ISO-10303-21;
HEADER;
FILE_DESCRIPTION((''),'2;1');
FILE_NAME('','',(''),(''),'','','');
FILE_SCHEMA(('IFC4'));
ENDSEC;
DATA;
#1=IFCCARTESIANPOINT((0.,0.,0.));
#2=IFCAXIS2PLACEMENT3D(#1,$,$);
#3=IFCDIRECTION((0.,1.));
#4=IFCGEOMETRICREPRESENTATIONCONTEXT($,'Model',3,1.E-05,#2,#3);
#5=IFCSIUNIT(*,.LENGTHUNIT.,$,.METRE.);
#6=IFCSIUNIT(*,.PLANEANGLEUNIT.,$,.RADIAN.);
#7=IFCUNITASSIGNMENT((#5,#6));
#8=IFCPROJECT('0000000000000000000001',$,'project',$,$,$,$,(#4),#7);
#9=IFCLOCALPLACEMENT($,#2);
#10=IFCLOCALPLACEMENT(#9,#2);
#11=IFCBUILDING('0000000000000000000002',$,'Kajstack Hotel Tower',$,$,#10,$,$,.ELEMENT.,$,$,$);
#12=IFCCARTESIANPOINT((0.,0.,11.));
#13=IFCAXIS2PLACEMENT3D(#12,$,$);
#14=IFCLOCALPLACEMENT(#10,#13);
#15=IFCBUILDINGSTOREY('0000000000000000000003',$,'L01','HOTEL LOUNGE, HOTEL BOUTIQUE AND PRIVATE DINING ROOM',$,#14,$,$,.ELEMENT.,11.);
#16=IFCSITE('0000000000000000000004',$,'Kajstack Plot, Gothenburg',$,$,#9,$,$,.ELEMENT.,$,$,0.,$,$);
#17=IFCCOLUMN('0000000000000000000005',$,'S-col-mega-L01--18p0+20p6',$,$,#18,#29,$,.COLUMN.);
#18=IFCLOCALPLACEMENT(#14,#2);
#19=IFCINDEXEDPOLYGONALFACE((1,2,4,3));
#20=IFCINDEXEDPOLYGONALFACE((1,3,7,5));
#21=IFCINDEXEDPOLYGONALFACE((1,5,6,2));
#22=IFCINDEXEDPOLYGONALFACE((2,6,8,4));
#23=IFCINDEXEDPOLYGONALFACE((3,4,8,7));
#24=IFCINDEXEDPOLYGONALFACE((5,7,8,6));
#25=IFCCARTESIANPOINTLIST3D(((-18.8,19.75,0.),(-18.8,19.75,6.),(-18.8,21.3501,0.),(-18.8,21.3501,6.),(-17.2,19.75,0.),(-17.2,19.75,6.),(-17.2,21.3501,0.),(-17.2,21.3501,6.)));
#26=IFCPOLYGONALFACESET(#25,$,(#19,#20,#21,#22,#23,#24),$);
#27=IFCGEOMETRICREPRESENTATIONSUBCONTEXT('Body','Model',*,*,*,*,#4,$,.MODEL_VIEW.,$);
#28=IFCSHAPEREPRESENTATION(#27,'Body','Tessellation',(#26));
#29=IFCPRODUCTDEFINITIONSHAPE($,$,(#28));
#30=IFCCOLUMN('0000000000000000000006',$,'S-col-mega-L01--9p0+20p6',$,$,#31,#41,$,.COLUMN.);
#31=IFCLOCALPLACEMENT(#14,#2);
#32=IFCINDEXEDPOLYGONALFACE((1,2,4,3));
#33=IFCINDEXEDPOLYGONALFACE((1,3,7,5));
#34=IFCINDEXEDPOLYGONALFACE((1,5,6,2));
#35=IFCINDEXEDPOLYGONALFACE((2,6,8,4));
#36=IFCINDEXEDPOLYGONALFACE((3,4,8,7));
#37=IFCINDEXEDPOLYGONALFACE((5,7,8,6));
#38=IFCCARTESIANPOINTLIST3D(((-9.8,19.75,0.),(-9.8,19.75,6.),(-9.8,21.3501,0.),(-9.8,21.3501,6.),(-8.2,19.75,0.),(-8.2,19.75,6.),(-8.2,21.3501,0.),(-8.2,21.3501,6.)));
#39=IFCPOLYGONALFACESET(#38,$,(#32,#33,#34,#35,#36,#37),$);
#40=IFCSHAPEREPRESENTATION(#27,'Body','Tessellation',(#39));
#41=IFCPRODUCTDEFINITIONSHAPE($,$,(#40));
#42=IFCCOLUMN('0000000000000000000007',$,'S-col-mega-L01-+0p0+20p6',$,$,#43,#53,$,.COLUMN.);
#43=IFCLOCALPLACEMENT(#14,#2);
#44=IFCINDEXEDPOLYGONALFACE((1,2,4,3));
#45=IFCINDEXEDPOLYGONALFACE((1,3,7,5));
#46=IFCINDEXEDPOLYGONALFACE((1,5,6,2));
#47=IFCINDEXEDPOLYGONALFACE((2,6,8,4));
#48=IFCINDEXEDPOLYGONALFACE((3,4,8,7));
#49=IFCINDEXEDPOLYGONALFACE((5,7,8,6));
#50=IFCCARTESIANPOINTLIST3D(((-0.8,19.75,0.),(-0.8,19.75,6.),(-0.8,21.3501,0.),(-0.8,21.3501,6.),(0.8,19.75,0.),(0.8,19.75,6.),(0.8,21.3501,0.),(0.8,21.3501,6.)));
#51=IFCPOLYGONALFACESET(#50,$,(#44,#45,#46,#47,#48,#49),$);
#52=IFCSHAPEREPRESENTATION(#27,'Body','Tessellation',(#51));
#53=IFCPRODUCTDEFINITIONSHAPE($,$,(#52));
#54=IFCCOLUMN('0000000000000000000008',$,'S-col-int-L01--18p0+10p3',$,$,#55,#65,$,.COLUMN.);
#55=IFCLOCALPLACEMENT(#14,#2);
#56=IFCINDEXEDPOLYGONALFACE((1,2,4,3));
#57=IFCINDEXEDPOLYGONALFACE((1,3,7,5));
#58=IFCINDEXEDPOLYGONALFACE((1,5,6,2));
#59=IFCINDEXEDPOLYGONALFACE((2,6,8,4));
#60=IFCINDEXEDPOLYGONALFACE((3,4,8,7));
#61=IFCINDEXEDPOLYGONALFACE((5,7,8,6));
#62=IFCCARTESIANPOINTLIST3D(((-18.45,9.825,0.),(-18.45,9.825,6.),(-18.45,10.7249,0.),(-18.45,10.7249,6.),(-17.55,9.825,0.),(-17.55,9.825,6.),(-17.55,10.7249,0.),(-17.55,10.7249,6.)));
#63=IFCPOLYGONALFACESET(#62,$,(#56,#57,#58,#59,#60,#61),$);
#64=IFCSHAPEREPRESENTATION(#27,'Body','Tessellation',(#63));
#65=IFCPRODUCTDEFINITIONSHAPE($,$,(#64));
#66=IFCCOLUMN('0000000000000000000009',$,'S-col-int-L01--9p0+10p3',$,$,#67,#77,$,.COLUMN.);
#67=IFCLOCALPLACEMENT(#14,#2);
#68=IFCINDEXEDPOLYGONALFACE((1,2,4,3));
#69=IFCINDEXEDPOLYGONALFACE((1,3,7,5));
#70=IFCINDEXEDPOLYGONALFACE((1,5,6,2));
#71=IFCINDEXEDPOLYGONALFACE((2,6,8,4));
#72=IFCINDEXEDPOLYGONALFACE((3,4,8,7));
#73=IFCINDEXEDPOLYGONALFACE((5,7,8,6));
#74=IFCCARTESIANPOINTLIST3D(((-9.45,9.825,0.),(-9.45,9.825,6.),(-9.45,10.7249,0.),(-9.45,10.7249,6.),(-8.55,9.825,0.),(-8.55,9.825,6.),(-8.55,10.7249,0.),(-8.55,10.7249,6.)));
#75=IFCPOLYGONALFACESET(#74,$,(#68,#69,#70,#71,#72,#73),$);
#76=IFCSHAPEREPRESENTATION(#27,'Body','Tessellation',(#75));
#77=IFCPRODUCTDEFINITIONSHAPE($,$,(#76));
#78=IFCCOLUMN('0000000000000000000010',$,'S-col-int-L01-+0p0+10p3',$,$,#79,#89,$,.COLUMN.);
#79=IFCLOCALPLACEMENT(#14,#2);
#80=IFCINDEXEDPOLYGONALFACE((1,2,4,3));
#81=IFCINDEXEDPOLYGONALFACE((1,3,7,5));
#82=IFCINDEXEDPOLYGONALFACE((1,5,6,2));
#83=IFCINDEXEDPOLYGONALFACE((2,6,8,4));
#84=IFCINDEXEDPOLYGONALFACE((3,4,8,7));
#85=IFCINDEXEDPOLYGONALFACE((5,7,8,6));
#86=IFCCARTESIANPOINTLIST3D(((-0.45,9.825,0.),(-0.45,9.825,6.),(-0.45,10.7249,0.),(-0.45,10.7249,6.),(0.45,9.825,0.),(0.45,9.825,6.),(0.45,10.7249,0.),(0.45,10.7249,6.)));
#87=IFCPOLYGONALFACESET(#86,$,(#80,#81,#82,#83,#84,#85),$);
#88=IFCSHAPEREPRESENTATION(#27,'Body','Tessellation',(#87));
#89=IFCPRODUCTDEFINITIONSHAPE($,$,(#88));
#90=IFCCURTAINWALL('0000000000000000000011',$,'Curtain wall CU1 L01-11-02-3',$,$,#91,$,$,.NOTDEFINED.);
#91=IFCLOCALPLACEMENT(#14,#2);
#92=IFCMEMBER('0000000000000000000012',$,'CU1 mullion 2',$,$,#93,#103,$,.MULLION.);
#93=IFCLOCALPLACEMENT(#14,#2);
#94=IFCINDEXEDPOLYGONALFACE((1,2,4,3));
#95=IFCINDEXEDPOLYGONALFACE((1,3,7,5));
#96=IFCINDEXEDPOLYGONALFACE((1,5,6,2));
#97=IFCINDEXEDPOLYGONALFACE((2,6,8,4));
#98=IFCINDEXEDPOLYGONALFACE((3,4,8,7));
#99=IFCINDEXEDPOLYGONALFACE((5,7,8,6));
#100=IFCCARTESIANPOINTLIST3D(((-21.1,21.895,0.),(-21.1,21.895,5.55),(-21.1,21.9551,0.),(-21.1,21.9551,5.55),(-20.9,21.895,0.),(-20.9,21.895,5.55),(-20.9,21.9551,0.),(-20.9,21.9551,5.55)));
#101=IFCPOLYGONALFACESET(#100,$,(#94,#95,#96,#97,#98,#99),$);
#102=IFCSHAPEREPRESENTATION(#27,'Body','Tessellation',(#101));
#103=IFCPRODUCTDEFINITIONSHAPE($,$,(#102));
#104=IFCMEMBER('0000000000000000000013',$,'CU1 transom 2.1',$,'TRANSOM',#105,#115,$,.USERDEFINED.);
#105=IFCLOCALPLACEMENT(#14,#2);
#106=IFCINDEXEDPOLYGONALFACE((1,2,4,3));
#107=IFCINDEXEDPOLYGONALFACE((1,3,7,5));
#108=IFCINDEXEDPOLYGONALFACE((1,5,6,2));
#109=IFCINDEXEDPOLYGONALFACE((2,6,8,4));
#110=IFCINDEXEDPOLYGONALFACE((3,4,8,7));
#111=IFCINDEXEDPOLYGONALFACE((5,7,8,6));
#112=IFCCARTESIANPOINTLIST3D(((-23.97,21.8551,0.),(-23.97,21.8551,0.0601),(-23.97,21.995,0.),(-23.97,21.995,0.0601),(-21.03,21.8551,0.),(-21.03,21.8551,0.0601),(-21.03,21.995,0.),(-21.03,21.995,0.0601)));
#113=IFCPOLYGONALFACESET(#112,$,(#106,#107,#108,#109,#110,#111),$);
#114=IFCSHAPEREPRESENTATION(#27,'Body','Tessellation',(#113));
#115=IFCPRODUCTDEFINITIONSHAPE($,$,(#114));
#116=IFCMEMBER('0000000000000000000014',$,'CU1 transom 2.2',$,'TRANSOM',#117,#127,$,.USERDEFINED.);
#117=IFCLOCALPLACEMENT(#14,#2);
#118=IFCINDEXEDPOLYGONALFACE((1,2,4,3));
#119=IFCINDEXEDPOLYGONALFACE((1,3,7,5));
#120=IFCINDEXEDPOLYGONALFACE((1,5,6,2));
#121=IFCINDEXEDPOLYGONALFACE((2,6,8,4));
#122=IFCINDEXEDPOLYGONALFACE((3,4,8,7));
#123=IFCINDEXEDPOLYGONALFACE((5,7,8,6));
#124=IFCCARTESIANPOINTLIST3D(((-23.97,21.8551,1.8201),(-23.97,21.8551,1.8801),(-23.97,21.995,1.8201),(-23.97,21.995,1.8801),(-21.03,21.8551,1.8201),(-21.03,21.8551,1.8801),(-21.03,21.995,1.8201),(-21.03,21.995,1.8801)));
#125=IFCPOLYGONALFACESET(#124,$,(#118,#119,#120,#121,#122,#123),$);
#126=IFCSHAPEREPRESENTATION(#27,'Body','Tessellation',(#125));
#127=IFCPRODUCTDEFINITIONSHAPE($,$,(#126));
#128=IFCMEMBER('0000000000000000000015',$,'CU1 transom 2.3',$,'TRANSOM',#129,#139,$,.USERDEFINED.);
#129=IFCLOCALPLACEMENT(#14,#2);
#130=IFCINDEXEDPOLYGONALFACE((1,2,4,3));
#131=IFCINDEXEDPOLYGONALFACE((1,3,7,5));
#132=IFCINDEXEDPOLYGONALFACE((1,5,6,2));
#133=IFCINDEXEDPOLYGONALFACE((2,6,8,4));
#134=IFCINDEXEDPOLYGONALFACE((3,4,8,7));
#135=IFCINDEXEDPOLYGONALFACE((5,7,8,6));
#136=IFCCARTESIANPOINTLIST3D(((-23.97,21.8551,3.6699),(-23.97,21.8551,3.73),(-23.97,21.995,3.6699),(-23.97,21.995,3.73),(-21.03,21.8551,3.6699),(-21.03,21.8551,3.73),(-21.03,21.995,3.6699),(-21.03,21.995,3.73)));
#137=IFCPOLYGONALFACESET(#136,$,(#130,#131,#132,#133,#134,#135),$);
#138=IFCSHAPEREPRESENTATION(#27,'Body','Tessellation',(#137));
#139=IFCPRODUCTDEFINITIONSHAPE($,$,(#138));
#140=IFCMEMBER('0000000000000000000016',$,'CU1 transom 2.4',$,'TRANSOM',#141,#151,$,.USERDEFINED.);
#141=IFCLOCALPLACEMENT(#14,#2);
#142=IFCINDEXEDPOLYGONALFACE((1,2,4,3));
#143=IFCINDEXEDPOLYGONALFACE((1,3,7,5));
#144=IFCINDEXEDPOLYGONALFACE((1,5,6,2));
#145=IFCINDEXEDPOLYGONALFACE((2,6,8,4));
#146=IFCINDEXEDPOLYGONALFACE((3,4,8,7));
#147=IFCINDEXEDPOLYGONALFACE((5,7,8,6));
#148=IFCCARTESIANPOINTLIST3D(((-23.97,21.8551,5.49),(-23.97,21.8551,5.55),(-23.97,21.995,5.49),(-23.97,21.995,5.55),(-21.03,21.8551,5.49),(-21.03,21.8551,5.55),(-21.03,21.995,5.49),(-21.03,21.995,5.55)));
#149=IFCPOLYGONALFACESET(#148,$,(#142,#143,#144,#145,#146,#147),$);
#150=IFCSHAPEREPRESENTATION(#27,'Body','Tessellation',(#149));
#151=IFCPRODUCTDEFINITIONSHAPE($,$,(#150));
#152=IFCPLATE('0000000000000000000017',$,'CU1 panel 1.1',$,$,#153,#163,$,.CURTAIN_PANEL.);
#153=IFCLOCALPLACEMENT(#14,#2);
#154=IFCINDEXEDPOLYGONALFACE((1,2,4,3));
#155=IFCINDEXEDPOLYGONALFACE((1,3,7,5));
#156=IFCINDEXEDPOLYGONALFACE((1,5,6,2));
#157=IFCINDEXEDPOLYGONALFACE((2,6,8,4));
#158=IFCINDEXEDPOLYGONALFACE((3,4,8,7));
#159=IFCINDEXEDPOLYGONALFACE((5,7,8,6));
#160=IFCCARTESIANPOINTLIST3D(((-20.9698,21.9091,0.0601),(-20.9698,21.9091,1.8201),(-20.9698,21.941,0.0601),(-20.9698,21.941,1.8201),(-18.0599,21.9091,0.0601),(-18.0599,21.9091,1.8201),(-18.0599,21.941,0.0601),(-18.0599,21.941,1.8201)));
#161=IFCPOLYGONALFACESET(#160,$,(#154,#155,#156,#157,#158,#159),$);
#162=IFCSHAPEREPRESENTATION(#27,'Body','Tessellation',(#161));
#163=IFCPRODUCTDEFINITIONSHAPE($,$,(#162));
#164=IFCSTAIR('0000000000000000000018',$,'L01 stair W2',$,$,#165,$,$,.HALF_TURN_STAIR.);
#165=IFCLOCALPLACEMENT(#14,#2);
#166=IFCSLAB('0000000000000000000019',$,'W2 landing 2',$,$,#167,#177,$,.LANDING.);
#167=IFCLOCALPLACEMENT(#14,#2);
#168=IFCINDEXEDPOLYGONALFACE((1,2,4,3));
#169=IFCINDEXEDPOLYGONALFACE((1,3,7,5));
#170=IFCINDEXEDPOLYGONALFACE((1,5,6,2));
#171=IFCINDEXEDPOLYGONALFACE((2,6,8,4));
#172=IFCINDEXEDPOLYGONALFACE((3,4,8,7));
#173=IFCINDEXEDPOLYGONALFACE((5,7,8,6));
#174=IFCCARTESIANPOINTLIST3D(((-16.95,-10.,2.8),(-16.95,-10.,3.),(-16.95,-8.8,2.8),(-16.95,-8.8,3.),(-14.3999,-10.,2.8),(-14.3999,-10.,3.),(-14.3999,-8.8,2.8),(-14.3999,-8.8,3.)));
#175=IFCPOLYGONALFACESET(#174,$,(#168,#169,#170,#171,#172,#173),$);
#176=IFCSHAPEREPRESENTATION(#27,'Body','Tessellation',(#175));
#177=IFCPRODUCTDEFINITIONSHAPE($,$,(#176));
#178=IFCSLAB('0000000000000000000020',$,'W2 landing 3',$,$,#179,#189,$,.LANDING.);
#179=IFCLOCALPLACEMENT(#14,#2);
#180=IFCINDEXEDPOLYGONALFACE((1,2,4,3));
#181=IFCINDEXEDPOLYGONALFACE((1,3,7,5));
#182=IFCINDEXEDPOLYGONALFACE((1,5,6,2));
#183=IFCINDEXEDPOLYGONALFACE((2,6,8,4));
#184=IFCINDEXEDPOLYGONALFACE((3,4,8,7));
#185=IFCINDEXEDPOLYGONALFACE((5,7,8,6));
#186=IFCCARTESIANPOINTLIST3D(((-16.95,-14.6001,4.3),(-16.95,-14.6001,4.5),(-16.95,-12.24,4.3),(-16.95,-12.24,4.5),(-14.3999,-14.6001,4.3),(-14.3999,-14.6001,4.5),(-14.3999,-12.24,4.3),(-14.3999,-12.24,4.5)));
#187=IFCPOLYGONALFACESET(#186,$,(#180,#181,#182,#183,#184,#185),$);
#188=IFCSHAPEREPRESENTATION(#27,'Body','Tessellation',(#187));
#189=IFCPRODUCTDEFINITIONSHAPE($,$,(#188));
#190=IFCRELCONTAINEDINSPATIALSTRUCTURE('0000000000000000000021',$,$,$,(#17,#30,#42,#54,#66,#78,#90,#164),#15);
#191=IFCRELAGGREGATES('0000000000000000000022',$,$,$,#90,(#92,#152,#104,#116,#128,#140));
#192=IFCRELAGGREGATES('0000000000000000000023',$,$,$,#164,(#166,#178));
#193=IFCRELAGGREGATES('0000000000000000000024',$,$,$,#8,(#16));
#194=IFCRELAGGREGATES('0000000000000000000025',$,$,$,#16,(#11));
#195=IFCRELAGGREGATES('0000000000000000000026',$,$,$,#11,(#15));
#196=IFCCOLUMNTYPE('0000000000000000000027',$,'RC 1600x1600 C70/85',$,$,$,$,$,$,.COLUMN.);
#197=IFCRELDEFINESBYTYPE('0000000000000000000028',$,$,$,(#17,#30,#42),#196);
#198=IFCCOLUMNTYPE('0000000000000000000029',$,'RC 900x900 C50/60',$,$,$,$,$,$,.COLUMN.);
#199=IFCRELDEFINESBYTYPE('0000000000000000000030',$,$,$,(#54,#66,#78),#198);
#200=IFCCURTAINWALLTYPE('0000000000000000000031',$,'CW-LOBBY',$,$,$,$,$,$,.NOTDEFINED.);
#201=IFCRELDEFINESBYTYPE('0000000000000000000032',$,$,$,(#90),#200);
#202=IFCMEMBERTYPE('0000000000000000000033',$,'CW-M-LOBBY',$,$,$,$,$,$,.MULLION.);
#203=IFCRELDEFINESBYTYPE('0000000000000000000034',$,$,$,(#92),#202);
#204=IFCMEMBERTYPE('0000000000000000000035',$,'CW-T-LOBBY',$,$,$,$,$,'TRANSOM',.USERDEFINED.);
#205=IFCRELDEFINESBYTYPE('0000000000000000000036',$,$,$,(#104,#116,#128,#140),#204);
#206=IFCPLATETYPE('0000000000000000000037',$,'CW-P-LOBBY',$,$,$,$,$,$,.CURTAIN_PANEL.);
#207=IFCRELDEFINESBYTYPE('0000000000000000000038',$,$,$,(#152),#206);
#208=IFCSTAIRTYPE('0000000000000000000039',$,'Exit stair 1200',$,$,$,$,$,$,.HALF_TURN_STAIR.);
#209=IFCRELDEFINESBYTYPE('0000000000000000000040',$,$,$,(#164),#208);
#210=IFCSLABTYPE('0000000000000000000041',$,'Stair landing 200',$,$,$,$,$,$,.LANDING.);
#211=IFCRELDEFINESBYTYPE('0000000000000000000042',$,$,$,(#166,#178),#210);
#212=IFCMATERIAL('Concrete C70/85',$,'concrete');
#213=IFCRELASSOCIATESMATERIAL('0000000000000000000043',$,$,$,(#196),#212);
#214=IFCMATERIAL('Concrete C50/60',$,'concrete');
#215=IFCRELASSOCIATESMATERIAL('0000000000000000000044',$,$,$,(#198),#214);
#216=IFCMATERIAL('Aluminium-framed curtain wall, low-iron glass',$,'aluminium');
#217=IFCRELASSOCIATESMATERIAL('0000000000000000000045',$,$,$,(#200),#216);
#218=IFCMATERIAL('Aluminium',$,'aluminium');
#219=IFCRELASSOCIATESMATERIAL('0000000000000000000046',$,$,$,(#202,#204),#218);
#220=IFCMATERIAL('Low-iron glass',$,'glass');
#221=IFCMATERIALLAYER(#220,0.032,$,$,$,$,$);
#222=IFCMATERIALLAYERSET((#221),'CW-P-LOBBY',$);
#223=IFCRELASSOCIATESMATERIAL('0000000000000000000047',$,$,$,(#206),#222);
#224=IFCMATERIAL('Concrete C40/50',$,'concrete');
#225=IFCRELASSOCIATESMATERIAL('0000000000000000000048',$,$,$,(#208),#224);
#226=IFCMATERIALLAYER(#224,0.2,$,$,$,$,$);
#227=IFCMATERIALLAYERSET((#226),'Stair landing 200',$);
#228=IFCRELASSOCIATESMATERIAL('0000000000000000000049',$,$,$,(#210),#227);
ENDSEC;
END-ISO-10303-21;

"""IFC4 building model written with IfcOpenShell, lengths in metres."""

from ifc_helpers import new_model, si_unit, direction, frame, origin, origin_2d, place, context, subcontext, project, spatial, polyline, rectangle, outline, extrude, material, layer, layer_set, material_profile, profile_set, type_object, element, aggregate, save


model = new_model("IFC4")

# Units and contexts
model_context = context("Model", 3, precision=1e-05, world=origin(), true_north=direction((0.0, 1.0)))
body_context = subcontext(model_context, "Body", "Model", "MODEL_VIEW")
ifc_project = project(units=[si_unit("LENGTHUNIT", "METRE"), si_unit("PLANEANGLEUNIT", "RADIAN")], contexts=[model_context])

# Site, building, storey
site_placement = place(None, origin())
site = spatial("IfcSite", under=ifc_project, at=site_placement, Name="Kajstack Plot, Gothenburg", CompositionType="ELEMENT", RefElevation=0.0)
building_placement = place(site_placement, origin())
building = spatial("IfcBuilding", under=site, at=building_placement, Name="Kajstack Hotel Tower", CompositionType="ELEMENT")
storey_placement = place(building_placement, frame((0.0, 0.0, 11.0)))
storey = spatial("IfcBuildingStorey", under=building, at=storey_placement, Name="L01", Description="HOTEL LOUNGE, HOTEL BOUTIQUE AND PRIVATE DINING ROOM", CompositionType="ELEMENT", Elevation=11.0)

# Columns
ifc_material_1 = material(Name="Concrete C70/85", Category="concrete")
ifc_material_profile_1 = material_profile(ifc_material_1, rectangle(XDim=1.6001, YDim=1.6001, at=origin_2d()), Name="RC 1600x1600")
ifc_profile_set_1 = profile_set([ifc_material_profile_1], Name="Concrete C70/85")
column_type_1 = type_object("IfcColumnType", Name="RC 1600x1600 C70/85", PredefinedType="COLUMN", material=ifc_profile_set_1)
for number, where, z_axis, x_axis, name in (
    (1, (-18.0, 20.55, 0.0), (0.0, 0.0, 1.0), (1.0, 0.0, 0.0), "S-col-mega-L01--18p0+20p6"),
    (2, (-9.0, 20.55, 0.0), (0.0, 0.0, 1.0), (1.0, 0.0, 0.0), "S-col-mega-L01--9p0+20p6"),
    (3, (0.0, 20.55, 0.0), (0.0, 0.0, 1.0), (1.0, 0.0, 0.0), "S-col-mega-L01-+0p0+20p6"),
):
    element("IfcColumn", number, at=place(storey_placement, frame(where, z_axis=z_axis, x_axis=x_axis)), inside=storey, type_object=column_type_1, Name=name, PredefinedType="COLUMN", context=body_context, shape_type="SweptSolid", body=[
        extrude(rectangle(XDim=1.6001, YDim=1.6001, at=origin_2d()), origin(), (0.0, 0.0, 1.0), 6.0),
    ])
ifc_material_2 = material(Name="Concrete C50/60", Category="concrete")
ifc_material_profile_2 = material_profile(ifc_material_2, rectangle(XDim=0.8999, YDim=0.8999, at=origin_2d()), Name="RC 900x900")
ifc_profile_set_2 = profile_set([ifc_material_profile_2], Name="Concrete C50/60")
column_type_2 = type_object("IfcColumnType", Name="RC 900x900 C50/60", PredefinedType="COLUMN", material=ifc_profile_set_2)
for number, where, z_axis, x_axis, name in (
    (4, (-18.0, 10.2749, 0.0), (0.0, 0.0, 1.0), (1.0, 0.0, 0.0), "S-col-int-L01--18p0+10p3"),
    (5, (-9.0, 10.2749, 0.0), (0.0, 0.0, 1.0), (1.0, 0.0, 0.0), "S-col-int-L01--9p0+10p3"),
    (6, (0.0, 10.2749, 0.0), (0.0, 0.0, 1.0), (1.0, 0.0, 0.0), "S-col-int-L01-+0p0+10p3"),
):
    element("IfcColumn", number, at=place(storey_placement, frame(where, z_axis=z_axis, x_axis=x_axis)), inside=storey, type_object=column_type_2, Name=name, PredefinedType="COLUMN", context=body_context, shape_type="SweptSolid", body=[
        extrude(rectangle(XDim=0.8999, YDim=0.8999, at=origin_2d()), origin(), (0.0, 0.0, 1.0), 6.0),
    ])

# Curtain wall, members, plate
ifc_material_3 = material(Name="Aluminium-framed curtain wall, low-iron glass", Category="aluminium")
curtain_wall_type = type_object("IfcCurtainWallType", Name="CW-LOBBY", PredefinedType="NOTDEFINED", material=ifc_material_3)
curtain_wall_placement = place(storey_placement, origin())
curtain_wall = element("IfcCurtainWall", 7, at=curtain_wall_placement, inside=storey, type_object=curtain_wall_type, Name="Curtain wall CU1 L01-11-02-3", PredefinedType="NOTDEFINED")
ifc_material_4 = material(Name="Aluminium", Category="aluminium")
ifc_material_profile_3 = material_profile(ifc_material_4, rectangle(XDim=0.0601, YDim=0.2, at=origin_2d()), Name="Aluminium mullion 60 x 200")
ifc_profile_set_3 = profile_set([ifc_material_profile_3], Name="Aluminium")
member_type_1 = type_object("IfcMemberType", Name="CW-M-LOBBY", PredefinedType="MULLION", material=ifc_profile_set_3)
member_1_placement = place(storey_placement, frame((-21.0, 21.925, 0.0), z_axis=(0.0, 0.0, 1.0), x_axis=(0.0, -1.0, 0.0)))
member_1 = element("IfcMember", 8, at=member_1_placement, type_object=member_type_1, Name="CU1 mullion 2", PredefinedType="MULLION", context=body_context, shape_type="SweptSolid", body=[
    extrude(rectangle(XDim=0.0601, YDim=0.2, at=origin_2d()), origin(), (0.0, 0.0, 1.0), 5.55),
])
ifc_material_profile_4 = material_profile(ifc_material_4, rectangle(XDim=0.1399, YDim=0.0601, at=origin_2d()), Name="Aluminium transom 140 x 60")
ifc_profile_set_4 = profile_set([ifc_material_profile_4], Name="Aluminium")
member_type_2 = type_object("IfcMemberType", Name="CW-T-LOBBY", ElementType="TRANSOM", PredefinedType="USERDEFINED", material=ifc_profile_set_4)
member_2_placement = place(storey_placement, frame((-21.03, 21.925, 0.03), z_axis=(-1.0, 0.0, 0.0), x_axis=(0.0, -1.0, 0.0)))
member_2 = element("IfcMember", 9, at=member_2_placement, type_object=member_type_2, Name="CU1 transom 2.1", ObjectType="TRANSOM", PredefinedType="USERDEFINED", context=body_context, shape_type="SweptSolid", body=[
    extrude(rectangle(XDim=0.1399, YDim=0.0601, at=origin_2d()), origin(), (0.0, 0.0, 1.0), 2.9399),
])
member_3_placement = place(storey_placement, frame((-21.03, 21.925, 1.8501), z_axis=(-1.0, 0.0, 0.0), x_axis=(0.0, -1.0, 0.0)))
member_3 = element("IfcMember", 10, at=member_3_placement, type_object=member_type_2, Name="CU1 transom 2.2", ObjectType="TRANSOM", PredefinedType="USERDEFINED", context=body_context, shape_type="SweptSolid", body=[
    extrude(rectangle(XDim=0.1399, YDim=0.0601, at=origin_2d()), origin(), (0.0, 0.0, 1.0), 2.9399),
])
member_4_placement = place(storey_placement, frame((-21.03, 21.925, 3.7), z_axis=(-1.0, 0.0, 0.0), x_axis=(0.0, -1.0, 0.0)))
member_4 = element("IfcMember", 11, at=member_4_placement, type_object=member_type_2, Name="CU1 transom 2.3", ObjectType="TRANSOM", PredefinedType="USERDEFINED", context=body_context, shape_type="SweptSolid", body=[
    extrude(rectangle(XDim=0.1399, YDim=0.0601, at=origin_2d()), origin(), (0.0, 0.0, 1.0), 2.9399),
])
member_5_placement = place(storey_placement, frame((-21.03, 21.925, 5.52), z_axis=(-1.0, 0.0, 0.0), x_axis=(0.0, -1.0, 0.0)))
member_5 = element("IfcMember", 12, at=member_5_placement, type_object=member_type_2, Name="CU1 transom 2.4", ObjectType="TRANSOM", PredefinedType="USERDEFINED", context=body_context, shape_type="SweptSolid", body=[
    extrude(rectangle(XDim=0.1399, YDim=0.0601, at=origin_2d()), origin(), (0.0, 0.0, 1.0), 2.9399),
])
ifc_material_5 = material(Name="Low-iron glass", Category="glass")
ifc_layer_1 = layer(ifc_material_5, 0.032)
ifc_layer_set_1 = layer_set([ifc_layer_1], Name="CW-P-LOBBY")
plate_type = type_object("IfcPlateType", Name="CW-P-LOBBY", PredefinedType="CURTAIN_PANEL", material=ifc_layer_set_1)
plate_placement = place(storey_placement, frame((-19.5149, 21.925, 0.0601), z_axis=(0.0, 0.0, 1.0), x_axis=(-1.0, 0.0, 0.0)))
plate = element("IfcPlate", 13, at=plate_placement, type_object=plate_type, Name="CU1 panel 1.1", PredefinedType="CURTAIN_PANEL", context=body_context, shape_type="SweptSolid", body=[
    extrude(rectangle(XDim=2.9099, YDim=0.032, at=origin_2d()), origin(), (0.0, 0.0, 1.0), 1.76),
])
aggregate(curtain_wall, [member_1, plate, member_2, member_3, member_4, member_5])

# Stair, slabs
ifc_material_6 = material(Name="Concrete C40/50", Category="concrete")
stair_type = type_object("IfcStairType", Name="Exit stair 1200", PredefinedType="HALF_TURN_STAIR", material=ifc_material_6)
stair_placement = place(storey_placement, origin())
stair = element("IfcStair", 14, at=stair_placement, inside=storey, type_object=stair_type, Name="L01 stair W2", PredefinedType="HALF_TURN_STAIR")
ifc_layer_2 = layer(ifc_material_6, 0.2)
ifc_layer_set_2 = layer_set([ifc_layer_2], Name="Stair landing 200")
slab_type = type_object("IfcSlabType", Name="Stair landing 200", PredefinedType="LANDING", material=ifc_layer_set_2)
slab_1_placement = place(storey_placement, frame((0.0, 0.0, 2.8)))
slab_1 = element("IfcSlab", 15, at=slab_1_placement, type_object=slab_type, Name="W2 landing 2", PredefinedType="LANDING", context=body_context, shape_type="SweptSolid", body=[
    extrude(outline(polyline([(-16.95, -8.8), (-16.95, -10.0), (-14.3999, -10.0), (-14.3999, -8.8), (-16.95, -8.8)])), origin(), (0.0, 0.0, 1.0), 0.2),
])
slab_2_placement = place(storey_placement, frame((0.0, 0.0, 4.3)))
slab_2 = element("IfcSlab", 16, at=slab_2_placement, type_object=slab_type, Name="W2 landing 3", PredefinedType="LANDING", context=body_context, shape_type="SweptSolid", body=[
    extrude(outline(polyline([(-16.95, -12.24), (-16.95, -14.6001), (-14.3999, -14.6001), (-14.3999, -12.24), (-16.95, -12.24)])), origin(), (0.0, 0.0, 1.0), 0.2),
])
aggregate(stair, [slab_1, slab_2])

save(model, "model.ifc")
